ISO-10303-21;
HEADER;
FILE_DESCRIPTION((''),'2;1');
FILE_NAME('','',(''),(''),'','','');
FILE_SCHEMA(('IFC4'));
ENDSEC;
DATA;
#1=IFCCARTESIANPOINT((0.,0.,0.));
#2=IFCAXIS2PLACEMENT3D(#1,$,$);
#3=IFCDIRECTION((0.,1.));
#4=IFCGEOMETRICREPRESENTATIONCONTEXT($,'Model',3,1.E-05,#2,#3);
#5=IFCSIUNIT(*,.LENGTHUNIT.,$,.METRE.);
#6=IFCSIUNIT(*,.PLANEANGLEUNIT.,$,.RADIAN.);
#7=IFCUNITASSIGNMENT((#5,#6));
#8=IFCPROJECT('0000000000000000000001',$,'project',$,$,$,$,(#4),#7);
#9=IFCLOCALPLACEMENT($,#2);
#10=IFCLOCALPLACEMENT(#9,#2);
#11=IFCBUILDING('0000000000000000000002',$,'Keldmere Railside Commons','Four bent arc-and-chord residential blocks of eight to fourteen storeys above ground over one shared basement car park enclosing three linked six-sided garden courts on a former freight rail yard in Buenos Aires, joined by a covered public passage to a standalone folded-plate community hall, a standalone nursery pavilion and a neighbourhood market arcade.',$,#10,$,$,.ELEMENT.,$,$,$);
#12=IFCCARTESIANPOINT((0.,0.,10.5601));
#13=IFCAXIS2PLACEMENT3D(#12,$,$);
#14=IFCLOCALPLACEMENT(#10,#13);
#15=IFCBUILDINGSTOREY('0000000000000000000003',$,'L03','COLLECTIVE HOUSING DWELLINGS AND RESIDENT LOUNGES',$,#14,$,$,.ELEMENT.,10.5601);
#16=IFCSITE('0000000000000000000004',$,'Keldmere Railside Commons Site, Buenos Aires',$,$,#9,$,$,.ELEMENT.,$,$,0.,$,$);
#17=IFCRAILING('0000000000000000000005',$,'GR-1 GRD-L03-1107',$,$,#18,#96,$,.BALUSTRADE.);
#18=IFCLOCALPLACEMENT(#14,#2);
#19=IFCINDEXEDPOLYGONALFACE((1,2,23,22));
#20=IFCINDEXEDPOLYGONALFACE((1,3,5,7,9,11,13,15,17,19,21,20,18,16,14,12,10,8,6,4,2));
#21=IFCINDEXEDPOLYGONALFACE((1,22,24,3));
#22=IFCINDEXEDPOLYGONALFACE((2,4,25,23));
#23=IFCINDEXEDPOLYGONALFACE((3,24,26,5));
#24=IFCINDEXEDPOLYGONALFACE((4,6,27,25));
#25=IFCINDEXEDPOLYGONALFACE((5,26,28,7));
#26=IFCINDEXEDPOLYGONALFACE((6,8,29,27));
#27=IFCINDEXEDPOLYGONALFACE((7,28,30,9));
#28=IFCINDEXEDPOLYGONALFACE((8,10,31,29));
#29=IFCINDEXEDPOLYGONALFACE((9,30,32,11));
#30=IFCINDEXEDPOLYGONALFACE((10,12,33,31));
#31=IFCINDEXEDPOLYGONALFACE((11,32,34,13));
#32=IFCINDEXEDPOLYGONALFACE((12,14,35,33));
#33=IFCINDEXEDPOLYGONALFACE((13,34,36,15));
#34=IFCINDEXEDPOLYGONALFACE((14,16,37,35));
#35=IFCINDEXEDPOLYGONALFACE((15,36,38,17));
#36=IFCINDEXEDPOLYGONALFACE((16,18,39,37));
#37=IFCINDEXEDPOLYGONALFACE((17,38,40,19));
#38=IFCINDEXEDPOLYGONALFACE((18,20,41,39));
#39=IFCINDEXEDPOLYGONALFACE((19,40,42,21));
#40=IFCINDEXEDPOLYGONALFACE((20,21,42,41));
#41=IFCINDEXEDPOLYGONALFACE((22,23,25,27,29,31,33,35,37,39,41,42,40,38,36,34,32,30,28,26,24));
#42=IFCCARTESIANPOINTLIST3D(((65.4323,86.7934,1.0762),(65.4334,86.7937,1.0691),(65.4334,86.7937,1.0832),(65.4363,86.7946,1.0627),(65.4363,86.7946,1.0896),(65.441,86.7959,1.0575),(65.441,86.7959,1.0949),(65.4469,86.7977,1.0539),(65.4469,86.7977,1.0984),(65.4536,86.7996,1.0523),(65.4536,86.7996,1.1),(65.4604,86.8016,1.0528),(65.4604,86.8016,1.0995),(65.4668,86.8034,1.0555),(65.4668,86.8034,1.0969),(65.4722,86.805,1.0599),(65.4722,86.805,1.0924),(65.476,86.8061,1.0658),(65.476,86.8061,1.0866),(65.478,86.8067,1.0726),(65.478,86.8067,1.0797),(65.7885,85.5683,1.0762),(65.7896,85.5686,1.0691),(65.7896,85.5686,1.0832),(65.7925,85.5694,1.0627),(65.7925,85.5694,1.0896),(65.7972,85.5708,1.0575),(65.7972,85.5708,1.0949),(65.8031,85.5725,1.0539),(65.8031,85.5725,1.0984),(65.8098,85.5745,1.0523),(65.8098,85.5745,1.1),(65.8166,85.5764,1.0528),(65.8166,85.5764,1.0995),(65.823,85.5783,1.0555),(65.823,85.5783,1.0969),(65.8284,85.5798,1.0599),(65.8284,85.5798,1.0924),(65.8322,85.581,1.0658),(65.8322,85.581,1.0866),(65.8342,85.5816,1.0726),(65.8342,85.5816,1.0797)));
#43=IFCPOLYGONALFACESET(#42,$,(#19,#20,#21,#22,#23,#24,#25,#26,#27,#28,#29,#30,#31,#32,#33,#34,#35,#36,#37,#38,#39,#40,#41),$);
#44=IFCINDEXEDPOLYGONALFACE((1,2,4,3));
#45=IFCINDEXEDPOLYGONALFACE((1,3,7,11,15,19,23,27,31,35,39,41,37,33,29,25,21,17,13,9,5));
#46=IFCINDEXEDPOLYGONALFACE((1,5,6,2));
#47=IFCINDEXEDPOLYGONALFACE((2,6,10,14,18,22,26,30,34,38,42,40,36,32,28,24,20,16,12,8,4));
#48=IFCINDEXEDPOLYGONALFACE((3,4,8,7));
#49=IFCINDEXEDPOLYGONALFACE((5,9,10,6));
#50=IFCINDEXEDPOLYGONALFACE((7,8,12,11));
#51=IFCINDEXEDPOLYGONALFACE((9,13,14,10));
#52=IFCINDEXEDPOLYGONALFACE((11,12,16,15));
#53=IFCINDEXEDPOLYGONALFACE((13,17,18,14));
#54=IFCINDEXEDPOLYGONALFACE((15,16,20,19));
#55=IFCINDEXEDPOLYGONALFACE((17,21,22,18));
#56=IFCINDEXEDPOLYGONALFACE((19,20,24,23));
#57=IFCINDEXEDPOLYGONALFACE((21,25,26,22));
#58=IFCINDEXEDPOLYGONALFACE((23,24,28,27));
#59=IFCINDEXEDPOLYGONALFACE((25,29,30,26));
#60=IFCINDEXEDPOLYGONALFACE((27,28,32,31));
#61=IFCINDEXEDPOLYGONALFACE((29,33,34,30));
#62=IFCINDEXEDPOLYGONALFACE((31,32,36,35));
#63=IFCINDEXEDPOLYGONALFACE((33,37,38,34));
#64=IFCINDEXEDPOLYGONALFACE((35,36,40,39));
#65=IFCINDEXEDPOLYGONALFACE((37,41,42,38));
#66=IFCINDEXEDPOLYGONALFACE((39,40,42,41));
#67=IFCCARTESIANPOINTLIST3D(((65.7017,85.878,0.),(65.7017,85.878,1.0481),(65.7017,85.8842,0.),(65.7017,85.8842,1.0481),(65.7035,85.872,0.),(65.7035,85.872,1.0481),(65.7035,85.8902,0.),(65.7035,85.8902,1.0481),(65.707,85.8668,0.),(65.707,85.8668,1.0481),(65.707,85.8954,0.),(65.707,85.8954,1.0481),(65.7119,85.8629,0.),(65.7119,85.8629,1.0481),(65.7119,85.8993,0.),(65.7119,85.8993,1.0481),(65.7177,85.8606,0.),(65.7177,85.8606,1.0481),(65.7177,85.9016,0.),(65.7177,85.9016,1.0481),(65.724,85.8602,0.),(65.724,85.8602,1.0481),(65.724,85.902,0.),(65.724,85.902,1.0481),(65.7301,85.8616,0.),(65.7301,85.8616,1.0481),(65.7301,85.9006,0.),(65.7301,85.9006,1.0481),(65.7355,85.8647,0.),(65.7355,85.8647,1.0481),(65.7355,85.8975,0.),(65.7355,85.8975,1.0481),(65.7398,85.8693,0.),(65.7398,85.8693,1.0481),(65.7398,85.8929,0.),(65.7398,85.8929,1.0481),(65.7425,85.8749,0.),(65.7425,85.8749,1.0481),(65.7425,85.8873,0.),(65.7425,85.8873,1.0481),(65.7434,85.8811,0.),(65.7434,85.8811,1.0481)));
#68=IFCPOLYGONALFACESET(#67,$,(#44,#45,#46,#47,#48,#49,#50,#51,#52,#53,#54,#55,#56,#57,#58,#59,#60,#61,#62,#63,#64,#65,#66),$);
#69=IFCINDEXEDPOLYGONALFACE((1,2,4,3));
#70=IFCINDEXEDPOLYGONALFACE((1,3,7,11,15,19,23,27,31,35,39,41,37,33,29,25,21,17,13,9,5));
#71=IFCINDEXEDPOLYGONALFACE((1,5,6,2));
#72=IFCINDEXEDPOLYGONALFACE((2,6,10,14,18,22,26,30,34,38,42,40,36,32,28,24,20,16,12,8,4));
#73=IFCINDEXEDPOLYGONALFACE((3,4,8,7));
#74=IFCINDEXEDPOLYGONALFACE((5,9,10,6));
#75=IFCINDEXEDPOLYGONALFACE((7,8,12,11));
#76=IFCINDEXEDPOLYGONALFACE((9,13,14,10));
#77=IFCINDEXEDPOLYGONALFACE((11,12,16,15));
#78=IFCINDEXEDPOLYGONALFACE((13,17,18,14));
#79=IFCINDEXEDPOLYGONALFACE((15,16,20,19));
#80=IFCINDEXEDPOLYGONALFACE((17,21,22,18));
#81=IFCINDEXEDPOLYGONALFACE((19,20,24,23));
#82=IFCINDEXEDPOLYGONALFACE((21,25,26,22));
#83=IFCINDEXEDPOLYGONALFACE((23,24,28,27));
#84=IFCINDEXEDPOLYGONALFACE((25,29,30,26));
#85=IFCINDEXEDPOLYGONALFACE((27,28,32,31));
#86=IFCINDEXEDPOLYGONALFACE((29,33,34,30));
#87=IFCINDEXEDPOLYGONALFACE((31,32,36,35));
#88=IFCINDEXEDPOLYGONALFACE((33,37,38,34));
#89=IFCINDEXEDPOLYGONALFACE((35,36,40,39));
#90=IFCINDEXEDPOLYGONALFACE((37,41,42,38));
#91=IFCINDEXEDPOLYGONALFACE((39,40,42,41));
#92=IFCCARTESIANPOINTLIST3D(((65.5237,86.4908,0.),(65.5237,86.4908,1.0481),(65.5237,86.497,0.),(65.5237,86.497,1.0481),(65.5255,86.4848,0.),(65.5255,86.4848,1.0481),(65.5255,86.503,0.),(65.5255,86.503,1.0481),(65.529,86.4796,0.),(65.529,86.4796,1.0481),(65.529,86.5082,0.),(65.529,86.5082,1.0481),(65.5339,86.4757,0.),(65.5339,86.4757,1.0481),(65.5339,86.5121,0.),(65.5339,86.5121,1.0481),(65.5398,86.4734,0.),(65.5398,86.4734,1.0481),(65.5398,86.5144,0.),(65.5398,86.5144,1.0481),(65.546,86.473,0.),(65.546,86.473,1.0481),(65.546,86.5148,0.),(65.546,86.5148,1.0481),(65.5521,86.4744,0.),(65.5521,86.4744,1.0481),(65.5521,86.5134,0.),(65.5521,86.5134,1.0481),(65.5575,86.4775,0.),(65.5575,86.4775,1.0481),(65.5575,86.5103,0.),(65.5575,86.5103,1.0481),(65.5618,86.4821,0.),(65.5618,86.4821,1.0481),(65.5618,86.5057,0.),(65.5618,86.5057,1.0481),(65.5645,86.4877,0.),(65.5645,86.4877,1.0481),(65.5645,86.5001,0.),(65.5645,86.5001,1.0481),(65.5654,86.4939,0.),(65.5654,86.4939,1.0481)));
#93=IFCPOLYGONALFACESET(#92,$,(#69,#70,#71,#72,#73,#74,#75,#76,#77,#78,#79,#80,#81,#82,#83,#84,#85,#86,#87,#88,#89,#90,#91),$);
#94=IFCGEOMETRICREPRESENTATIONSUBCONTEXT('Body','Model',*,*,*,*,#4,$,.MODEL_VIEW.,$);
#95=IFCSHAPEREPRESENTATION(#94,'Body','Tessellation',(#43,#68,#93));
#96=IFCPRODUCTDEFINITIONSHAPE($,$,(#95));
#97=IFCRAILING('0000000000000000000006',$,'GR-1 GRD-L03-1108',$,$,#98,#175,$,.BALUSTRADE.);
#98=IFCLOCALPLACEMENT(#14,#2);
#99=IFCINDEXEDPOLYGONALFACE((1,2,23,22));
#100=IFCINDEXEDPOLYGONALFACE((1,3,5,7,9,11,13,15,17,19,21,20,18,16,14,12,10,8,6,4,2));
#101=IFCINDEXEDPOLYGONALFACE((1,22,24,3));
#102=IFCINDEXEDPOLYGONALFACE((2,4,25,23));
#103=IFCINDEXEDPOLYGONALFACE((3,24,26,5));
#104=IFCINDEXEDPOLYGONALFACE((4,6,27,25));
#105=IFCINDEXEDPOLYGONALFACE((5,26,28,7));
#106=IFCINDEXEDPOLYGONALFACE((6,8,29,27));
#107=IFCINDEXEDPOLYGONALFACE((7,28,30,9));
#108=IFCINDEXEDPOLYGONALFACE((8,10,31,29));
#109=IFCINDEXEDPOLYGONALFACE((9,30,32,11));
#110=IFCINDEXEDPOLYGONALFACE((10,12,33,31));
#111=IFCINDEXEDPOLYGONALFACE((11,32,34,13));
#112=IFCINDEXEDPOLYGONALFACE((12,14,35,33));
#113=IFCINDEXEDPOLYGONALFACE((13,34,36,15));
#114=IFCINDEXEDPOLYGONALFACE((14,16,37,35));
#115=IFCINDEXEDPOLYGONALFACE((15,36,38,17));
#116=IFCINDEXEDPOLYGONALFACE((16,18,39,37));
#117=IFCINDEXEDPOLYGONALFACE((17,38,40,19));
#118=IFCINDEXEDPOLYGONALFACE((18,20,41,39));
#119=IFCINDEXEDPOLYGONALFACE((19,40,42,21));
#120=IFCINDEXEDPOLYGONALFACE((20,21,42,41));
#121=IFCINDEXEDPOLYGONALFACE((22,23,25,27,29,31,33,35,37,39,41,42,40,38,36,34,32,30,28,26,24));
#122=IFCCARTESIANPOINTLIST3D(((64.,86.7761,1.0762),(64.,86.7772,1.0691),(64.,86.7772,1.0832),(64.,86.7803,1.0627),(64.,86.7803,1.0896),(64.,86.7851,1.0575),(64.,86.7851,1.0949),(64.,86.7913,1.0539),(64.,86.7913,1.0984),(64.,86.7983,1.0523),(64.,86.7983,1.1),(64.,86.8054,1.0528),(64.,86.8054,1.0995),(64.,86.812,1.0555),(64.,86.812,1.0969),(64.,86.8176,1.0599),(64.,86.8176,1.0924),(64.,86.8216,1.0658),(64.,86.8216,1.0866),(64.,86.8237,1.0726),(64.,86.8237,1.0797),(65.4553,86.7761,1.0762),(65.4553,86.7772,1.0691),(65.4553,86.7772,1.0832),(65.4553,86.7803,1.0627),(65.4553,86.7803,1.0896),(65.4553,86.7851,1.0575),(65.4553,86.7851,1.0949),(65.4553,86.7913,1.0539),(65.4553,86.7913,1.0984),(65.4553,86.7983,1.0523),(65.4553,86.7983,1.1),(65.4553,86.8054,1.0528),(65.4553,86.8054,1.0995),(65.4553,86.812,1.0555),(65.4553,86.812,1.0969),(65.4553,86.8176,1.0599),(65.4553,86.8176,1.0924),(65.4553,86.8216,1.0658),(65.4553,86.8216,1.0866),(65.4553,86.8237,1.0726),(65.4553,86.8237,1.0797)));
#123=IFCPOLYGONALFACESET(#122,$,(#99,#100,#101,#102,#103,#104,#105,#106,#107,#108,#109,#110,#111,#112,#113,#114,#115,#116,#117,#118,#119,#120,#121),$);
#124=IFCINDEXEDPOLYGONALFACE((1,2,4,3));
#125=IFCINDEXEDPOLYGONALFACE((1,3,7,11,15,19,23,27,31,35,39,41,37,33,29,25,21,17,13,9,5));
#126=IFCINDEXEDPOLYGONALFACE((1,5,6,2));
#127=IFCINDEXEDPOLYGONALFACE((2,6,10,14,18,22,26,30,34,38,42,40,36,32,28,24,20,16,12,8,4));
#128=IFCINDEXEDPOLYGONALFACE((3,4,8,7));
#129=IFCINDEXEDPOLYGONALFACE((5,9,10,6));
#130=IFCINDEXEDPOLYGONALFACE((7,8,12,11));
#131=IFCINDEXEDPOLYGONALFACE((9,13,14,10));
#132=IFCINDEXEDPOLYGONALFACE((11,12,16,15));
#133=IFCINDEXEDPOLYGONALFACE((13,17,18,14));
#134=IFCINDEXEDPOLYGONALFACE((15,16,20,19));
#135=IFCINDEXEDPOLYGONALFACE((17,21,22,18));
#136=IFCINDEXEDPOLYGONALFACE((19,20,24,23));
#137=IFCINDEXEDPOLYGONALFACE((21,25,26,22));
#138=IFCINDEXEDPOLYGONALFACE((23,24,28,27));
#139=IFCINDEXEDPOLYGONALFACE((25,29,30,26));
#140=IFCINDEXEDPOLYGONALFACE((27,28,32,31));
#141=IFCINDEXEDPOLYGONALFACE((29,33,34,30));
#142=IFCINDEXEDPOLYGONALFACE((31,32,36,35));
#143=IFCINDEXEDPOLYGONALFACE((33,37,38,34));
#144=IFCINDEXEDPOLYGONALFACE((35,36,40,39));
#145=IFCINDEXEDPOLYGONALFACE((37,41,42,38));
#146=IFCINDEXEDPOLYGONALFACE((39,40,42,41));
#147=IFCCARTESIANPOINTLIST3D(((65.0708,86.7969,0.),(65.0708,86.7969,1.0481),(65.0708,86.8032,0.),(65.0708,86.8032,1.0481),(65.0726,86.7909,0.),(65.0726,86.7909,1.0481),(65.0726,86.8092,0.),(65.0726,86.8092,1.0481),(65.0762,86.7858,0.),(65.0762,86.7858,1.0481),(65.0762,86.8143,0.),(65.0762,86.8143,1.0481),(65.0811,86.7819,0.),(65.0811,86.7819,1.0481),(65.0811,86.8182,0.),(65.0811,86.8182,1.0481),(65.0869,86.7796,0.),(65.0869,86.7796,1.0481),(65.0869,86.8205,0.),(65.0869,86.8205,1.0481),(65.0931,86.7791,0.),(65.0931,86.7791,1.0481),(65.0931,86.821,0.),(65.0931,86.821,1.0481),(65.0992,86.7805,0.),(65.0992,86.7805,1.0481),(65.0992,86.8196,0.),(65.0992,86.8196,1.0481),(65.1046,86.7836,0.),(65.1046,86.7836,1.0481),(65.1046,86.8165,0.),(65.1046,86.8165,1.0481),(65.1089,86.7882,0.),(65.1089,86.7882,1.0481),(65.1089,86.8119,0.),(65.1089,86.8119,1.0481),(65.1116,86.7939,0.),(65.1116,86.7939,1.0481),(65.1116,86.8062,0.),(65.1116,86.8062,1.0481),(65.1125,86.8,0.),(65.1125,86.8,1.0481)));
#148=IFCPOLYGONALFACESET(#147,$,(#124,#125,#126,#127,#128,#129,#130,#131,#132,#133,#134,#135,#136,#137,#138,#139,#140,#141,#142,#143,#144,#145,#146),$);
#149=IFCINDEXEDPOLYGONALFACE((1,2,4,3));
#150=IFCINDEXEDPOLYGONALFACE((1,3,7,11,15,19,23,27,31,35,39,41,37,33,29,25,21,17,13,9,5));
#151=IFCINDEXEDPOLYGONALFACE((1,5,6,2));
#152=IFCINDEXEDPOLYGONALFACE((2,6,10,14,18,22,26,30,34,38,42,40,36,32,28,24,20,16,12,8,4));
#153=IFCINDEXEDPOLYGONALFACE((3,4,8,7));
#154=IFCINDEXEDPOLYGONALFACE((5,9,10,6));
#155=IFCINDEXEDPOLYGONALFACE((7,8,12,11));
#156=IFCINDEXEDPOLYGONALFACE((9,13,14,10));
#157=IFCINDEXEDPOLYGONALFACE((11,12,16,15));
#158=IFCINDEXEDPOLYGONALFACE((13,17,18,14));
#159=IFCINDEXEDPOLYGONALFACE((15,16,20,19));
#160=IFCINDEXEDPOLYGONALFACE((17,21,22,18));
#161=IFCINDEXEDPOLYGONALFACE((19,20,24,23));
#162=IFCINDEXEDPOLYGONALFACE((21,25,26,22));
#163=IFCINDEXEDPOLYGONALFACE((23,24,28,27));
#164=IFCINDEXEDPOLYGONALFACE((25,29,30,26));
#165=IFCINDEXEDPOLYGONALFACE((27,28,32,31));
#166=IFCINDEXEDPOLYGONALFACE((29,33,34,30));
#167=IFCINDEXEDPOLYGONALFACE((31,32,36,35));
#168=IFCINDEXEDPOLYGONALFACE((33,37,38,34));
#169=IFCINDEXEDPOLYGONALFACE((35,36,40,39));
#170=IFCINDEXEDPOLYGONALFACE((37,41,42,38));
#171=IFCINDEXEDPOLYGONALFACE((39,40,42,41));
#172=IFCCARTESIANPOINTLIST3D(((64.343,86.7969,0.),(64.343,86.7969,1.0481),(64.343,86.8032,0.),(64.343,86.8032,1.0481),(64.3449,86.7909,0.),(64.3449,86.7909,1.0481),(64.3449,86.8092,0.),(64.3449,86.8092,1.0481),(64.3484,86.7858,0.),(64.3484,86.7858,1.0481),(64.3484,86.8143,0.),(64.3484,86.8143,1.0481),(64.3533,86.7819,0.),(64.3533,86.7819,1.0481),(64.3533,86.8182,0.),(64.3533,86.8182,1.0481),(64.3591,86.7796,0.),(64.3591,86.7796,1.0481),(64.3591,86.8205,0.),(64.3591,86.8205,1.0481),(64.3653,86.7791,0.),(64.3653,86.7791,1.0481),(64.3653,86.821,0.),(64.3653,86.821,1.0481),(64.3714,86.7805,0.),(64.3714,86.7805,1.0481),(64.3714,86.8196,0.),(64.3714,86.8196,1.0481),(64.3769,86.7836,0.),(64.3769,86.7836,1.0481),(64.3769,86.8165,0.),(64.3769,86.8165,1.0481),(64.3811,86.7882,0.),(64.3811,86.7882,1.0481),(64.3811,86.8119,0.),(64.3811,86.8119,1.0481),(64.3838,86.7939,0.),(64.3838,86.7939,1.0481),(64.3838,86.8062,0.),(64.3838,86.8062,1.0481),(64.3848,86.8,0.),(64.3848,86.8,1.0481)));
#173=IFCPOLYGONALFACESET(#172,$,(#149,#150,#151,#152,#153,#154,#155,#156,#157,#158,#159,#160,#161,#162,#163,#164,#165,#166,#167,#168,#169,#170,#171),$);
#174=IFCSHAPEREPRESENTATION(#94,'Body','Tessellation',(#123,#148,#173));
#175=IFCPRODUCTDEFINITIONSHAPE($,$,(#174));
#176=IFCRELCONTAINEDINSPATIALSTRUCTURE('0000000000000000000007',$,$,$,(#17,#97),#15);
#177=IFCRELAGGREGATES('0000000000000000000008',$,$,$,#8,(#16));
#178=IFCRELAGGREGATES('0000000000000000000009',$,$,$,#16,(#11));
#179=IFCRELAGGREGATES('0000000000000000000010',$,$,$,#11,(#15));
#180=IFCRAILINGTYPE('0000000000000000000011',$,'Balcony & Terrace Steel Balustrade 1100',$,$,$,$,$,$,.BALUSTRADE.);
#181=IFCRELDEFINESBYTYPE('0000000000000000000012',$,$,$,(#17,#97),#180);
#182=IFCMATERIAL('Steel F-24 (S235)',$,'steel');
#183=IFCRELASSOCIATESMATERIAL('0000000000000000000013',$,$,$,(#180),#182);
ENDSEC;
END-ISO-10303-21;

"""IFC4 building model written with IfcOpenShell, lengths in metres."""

from ifc_helpers import new_model, si_unit, direction, frame, origin, origin_2d, place, context, subcontext, project, spatial, circle, extrude, material, type_object, element, save


model = new_model("IFC4")

# Units and contexts
model_context = context("Model", 3, precision=1e-05, world=origin(), true_north=direction((0.0, 1.0)))
body_context = subcontext(model_context, "Body", "Model", "MODEL_VIEW")
ifc_project = project(units=[si_unit("LENGTHUNIT", "METRE"), si_unit("PLANEANGLEUNIT", "RADIAN")], contexts=[model_context])

# Site, building, storey
site_placement = place(None, origin())
site = spatial("IfcSite", under=ifc_project, at=site_placement, Name="Keldmere Railside Commons Site, Buenos Aires", CompositionType="ELEMENT", RefElevation=0.0)
building_placement = place(site_placement, origin())
building = spatial("IfcBuilding", under=site, at=building_placement, Name="Keldmere Railside Commons", Description="Four bent arc-and-chord residential blocks of eight to fourteen storeys above ground over one shared basement car park enclosing three linked six-sided garden courts on a former freight rail yard in Buenos Aires, joined by a covered public passage to a standalone folded-plate community hall, a standalone nursery pavilion and a neighbourhood market arcade.", CompositionType="ELEMENT")
storey_placement = place(building_placement, frame((0.0, 0.0, 10.5601)))
storey = spatial("IfcBuildingStorey", under=building, at=storey_placement, Name="L03", Description="COLLECTIVE HOUSING DWELLINGS AND RESIDENT LOUNGES", CompositionType="ELEMENT", Elevation=10.5601)

# Railings
ifc_material_1 = material(Name="Steel F-24 (S235)", Category="steel")
railing_type = type_object("IfcRailingType", Name="Balcony & Terrace Steel Balustrade 1100", PredefinedType="BALUSTRADE", material=ifc_material_1)
railing_1_placement = place(storey_placement, frame((65.8115, 85.575, 0.0)))
element("IfcRailing", 1, at=railing_1_placement, inside=storey, type_object=railing_type, Name="GR-1 GRD-L03-1107", PredefinedType="BALUSTRADE", context=body_context, shape_type="SweptSolid", body=[
    extrude(circle(Radius=0.0239, at=origin_2d()), frame((0.0, 0.0, 1.0762), z_axis=(-0.279192, 0.960235, 0.0), x_axis=(-0.960235, -0.279192, 0.0)), (0.0, 0.0, 1.0), 1.2759),
    extrude(circle(Radius=0.021, at=origin_2d()), frame((-0.0891, 0.3062, 0.0)), (0.0, 0.0, 1.0), 1.0481),
    extrude(circle(Radius=0.021, at=origin_2d()), frame((-0.2671, 0.9189, 0.0)), (0.0, 0.0, 1.0), 1.0481),
])
railing_2_placement = place(storey_placement, frame((65.4553, 86.8, 0.0)))
element("IfcRailing", 2, at=railing_2_placement, inside=storey, type_object=railing_type, Name="GR-1 GRD-L03-1108", PredefinedType="BALUSTRADE", context=body_context, shape_type="SweptSolid", body=[
    extrude(circle(Radius=0.0239, at=origin_2d()), frame((0.0, 0.0, 1.0762), z_axis=(-1.0, 0.0, 0.0), x_axis=(0.0, -1.0, 0.0)), (0.0, 0.0, 1.0), 1.4553),
    extrude(circle(Radius=0.021, at=origin_2d()), frame((-0.3638, 0.0, 0.0)), (0.0, 0.0, 1.0), 1.0481),
    extrude(circle(Radius=0.021, at=origin_2d()), frame((-1.0916, 0.0, 0.0)), (0.0, 0.0, 1.0), 1.0481),
])

save(model, "model.ifc")
